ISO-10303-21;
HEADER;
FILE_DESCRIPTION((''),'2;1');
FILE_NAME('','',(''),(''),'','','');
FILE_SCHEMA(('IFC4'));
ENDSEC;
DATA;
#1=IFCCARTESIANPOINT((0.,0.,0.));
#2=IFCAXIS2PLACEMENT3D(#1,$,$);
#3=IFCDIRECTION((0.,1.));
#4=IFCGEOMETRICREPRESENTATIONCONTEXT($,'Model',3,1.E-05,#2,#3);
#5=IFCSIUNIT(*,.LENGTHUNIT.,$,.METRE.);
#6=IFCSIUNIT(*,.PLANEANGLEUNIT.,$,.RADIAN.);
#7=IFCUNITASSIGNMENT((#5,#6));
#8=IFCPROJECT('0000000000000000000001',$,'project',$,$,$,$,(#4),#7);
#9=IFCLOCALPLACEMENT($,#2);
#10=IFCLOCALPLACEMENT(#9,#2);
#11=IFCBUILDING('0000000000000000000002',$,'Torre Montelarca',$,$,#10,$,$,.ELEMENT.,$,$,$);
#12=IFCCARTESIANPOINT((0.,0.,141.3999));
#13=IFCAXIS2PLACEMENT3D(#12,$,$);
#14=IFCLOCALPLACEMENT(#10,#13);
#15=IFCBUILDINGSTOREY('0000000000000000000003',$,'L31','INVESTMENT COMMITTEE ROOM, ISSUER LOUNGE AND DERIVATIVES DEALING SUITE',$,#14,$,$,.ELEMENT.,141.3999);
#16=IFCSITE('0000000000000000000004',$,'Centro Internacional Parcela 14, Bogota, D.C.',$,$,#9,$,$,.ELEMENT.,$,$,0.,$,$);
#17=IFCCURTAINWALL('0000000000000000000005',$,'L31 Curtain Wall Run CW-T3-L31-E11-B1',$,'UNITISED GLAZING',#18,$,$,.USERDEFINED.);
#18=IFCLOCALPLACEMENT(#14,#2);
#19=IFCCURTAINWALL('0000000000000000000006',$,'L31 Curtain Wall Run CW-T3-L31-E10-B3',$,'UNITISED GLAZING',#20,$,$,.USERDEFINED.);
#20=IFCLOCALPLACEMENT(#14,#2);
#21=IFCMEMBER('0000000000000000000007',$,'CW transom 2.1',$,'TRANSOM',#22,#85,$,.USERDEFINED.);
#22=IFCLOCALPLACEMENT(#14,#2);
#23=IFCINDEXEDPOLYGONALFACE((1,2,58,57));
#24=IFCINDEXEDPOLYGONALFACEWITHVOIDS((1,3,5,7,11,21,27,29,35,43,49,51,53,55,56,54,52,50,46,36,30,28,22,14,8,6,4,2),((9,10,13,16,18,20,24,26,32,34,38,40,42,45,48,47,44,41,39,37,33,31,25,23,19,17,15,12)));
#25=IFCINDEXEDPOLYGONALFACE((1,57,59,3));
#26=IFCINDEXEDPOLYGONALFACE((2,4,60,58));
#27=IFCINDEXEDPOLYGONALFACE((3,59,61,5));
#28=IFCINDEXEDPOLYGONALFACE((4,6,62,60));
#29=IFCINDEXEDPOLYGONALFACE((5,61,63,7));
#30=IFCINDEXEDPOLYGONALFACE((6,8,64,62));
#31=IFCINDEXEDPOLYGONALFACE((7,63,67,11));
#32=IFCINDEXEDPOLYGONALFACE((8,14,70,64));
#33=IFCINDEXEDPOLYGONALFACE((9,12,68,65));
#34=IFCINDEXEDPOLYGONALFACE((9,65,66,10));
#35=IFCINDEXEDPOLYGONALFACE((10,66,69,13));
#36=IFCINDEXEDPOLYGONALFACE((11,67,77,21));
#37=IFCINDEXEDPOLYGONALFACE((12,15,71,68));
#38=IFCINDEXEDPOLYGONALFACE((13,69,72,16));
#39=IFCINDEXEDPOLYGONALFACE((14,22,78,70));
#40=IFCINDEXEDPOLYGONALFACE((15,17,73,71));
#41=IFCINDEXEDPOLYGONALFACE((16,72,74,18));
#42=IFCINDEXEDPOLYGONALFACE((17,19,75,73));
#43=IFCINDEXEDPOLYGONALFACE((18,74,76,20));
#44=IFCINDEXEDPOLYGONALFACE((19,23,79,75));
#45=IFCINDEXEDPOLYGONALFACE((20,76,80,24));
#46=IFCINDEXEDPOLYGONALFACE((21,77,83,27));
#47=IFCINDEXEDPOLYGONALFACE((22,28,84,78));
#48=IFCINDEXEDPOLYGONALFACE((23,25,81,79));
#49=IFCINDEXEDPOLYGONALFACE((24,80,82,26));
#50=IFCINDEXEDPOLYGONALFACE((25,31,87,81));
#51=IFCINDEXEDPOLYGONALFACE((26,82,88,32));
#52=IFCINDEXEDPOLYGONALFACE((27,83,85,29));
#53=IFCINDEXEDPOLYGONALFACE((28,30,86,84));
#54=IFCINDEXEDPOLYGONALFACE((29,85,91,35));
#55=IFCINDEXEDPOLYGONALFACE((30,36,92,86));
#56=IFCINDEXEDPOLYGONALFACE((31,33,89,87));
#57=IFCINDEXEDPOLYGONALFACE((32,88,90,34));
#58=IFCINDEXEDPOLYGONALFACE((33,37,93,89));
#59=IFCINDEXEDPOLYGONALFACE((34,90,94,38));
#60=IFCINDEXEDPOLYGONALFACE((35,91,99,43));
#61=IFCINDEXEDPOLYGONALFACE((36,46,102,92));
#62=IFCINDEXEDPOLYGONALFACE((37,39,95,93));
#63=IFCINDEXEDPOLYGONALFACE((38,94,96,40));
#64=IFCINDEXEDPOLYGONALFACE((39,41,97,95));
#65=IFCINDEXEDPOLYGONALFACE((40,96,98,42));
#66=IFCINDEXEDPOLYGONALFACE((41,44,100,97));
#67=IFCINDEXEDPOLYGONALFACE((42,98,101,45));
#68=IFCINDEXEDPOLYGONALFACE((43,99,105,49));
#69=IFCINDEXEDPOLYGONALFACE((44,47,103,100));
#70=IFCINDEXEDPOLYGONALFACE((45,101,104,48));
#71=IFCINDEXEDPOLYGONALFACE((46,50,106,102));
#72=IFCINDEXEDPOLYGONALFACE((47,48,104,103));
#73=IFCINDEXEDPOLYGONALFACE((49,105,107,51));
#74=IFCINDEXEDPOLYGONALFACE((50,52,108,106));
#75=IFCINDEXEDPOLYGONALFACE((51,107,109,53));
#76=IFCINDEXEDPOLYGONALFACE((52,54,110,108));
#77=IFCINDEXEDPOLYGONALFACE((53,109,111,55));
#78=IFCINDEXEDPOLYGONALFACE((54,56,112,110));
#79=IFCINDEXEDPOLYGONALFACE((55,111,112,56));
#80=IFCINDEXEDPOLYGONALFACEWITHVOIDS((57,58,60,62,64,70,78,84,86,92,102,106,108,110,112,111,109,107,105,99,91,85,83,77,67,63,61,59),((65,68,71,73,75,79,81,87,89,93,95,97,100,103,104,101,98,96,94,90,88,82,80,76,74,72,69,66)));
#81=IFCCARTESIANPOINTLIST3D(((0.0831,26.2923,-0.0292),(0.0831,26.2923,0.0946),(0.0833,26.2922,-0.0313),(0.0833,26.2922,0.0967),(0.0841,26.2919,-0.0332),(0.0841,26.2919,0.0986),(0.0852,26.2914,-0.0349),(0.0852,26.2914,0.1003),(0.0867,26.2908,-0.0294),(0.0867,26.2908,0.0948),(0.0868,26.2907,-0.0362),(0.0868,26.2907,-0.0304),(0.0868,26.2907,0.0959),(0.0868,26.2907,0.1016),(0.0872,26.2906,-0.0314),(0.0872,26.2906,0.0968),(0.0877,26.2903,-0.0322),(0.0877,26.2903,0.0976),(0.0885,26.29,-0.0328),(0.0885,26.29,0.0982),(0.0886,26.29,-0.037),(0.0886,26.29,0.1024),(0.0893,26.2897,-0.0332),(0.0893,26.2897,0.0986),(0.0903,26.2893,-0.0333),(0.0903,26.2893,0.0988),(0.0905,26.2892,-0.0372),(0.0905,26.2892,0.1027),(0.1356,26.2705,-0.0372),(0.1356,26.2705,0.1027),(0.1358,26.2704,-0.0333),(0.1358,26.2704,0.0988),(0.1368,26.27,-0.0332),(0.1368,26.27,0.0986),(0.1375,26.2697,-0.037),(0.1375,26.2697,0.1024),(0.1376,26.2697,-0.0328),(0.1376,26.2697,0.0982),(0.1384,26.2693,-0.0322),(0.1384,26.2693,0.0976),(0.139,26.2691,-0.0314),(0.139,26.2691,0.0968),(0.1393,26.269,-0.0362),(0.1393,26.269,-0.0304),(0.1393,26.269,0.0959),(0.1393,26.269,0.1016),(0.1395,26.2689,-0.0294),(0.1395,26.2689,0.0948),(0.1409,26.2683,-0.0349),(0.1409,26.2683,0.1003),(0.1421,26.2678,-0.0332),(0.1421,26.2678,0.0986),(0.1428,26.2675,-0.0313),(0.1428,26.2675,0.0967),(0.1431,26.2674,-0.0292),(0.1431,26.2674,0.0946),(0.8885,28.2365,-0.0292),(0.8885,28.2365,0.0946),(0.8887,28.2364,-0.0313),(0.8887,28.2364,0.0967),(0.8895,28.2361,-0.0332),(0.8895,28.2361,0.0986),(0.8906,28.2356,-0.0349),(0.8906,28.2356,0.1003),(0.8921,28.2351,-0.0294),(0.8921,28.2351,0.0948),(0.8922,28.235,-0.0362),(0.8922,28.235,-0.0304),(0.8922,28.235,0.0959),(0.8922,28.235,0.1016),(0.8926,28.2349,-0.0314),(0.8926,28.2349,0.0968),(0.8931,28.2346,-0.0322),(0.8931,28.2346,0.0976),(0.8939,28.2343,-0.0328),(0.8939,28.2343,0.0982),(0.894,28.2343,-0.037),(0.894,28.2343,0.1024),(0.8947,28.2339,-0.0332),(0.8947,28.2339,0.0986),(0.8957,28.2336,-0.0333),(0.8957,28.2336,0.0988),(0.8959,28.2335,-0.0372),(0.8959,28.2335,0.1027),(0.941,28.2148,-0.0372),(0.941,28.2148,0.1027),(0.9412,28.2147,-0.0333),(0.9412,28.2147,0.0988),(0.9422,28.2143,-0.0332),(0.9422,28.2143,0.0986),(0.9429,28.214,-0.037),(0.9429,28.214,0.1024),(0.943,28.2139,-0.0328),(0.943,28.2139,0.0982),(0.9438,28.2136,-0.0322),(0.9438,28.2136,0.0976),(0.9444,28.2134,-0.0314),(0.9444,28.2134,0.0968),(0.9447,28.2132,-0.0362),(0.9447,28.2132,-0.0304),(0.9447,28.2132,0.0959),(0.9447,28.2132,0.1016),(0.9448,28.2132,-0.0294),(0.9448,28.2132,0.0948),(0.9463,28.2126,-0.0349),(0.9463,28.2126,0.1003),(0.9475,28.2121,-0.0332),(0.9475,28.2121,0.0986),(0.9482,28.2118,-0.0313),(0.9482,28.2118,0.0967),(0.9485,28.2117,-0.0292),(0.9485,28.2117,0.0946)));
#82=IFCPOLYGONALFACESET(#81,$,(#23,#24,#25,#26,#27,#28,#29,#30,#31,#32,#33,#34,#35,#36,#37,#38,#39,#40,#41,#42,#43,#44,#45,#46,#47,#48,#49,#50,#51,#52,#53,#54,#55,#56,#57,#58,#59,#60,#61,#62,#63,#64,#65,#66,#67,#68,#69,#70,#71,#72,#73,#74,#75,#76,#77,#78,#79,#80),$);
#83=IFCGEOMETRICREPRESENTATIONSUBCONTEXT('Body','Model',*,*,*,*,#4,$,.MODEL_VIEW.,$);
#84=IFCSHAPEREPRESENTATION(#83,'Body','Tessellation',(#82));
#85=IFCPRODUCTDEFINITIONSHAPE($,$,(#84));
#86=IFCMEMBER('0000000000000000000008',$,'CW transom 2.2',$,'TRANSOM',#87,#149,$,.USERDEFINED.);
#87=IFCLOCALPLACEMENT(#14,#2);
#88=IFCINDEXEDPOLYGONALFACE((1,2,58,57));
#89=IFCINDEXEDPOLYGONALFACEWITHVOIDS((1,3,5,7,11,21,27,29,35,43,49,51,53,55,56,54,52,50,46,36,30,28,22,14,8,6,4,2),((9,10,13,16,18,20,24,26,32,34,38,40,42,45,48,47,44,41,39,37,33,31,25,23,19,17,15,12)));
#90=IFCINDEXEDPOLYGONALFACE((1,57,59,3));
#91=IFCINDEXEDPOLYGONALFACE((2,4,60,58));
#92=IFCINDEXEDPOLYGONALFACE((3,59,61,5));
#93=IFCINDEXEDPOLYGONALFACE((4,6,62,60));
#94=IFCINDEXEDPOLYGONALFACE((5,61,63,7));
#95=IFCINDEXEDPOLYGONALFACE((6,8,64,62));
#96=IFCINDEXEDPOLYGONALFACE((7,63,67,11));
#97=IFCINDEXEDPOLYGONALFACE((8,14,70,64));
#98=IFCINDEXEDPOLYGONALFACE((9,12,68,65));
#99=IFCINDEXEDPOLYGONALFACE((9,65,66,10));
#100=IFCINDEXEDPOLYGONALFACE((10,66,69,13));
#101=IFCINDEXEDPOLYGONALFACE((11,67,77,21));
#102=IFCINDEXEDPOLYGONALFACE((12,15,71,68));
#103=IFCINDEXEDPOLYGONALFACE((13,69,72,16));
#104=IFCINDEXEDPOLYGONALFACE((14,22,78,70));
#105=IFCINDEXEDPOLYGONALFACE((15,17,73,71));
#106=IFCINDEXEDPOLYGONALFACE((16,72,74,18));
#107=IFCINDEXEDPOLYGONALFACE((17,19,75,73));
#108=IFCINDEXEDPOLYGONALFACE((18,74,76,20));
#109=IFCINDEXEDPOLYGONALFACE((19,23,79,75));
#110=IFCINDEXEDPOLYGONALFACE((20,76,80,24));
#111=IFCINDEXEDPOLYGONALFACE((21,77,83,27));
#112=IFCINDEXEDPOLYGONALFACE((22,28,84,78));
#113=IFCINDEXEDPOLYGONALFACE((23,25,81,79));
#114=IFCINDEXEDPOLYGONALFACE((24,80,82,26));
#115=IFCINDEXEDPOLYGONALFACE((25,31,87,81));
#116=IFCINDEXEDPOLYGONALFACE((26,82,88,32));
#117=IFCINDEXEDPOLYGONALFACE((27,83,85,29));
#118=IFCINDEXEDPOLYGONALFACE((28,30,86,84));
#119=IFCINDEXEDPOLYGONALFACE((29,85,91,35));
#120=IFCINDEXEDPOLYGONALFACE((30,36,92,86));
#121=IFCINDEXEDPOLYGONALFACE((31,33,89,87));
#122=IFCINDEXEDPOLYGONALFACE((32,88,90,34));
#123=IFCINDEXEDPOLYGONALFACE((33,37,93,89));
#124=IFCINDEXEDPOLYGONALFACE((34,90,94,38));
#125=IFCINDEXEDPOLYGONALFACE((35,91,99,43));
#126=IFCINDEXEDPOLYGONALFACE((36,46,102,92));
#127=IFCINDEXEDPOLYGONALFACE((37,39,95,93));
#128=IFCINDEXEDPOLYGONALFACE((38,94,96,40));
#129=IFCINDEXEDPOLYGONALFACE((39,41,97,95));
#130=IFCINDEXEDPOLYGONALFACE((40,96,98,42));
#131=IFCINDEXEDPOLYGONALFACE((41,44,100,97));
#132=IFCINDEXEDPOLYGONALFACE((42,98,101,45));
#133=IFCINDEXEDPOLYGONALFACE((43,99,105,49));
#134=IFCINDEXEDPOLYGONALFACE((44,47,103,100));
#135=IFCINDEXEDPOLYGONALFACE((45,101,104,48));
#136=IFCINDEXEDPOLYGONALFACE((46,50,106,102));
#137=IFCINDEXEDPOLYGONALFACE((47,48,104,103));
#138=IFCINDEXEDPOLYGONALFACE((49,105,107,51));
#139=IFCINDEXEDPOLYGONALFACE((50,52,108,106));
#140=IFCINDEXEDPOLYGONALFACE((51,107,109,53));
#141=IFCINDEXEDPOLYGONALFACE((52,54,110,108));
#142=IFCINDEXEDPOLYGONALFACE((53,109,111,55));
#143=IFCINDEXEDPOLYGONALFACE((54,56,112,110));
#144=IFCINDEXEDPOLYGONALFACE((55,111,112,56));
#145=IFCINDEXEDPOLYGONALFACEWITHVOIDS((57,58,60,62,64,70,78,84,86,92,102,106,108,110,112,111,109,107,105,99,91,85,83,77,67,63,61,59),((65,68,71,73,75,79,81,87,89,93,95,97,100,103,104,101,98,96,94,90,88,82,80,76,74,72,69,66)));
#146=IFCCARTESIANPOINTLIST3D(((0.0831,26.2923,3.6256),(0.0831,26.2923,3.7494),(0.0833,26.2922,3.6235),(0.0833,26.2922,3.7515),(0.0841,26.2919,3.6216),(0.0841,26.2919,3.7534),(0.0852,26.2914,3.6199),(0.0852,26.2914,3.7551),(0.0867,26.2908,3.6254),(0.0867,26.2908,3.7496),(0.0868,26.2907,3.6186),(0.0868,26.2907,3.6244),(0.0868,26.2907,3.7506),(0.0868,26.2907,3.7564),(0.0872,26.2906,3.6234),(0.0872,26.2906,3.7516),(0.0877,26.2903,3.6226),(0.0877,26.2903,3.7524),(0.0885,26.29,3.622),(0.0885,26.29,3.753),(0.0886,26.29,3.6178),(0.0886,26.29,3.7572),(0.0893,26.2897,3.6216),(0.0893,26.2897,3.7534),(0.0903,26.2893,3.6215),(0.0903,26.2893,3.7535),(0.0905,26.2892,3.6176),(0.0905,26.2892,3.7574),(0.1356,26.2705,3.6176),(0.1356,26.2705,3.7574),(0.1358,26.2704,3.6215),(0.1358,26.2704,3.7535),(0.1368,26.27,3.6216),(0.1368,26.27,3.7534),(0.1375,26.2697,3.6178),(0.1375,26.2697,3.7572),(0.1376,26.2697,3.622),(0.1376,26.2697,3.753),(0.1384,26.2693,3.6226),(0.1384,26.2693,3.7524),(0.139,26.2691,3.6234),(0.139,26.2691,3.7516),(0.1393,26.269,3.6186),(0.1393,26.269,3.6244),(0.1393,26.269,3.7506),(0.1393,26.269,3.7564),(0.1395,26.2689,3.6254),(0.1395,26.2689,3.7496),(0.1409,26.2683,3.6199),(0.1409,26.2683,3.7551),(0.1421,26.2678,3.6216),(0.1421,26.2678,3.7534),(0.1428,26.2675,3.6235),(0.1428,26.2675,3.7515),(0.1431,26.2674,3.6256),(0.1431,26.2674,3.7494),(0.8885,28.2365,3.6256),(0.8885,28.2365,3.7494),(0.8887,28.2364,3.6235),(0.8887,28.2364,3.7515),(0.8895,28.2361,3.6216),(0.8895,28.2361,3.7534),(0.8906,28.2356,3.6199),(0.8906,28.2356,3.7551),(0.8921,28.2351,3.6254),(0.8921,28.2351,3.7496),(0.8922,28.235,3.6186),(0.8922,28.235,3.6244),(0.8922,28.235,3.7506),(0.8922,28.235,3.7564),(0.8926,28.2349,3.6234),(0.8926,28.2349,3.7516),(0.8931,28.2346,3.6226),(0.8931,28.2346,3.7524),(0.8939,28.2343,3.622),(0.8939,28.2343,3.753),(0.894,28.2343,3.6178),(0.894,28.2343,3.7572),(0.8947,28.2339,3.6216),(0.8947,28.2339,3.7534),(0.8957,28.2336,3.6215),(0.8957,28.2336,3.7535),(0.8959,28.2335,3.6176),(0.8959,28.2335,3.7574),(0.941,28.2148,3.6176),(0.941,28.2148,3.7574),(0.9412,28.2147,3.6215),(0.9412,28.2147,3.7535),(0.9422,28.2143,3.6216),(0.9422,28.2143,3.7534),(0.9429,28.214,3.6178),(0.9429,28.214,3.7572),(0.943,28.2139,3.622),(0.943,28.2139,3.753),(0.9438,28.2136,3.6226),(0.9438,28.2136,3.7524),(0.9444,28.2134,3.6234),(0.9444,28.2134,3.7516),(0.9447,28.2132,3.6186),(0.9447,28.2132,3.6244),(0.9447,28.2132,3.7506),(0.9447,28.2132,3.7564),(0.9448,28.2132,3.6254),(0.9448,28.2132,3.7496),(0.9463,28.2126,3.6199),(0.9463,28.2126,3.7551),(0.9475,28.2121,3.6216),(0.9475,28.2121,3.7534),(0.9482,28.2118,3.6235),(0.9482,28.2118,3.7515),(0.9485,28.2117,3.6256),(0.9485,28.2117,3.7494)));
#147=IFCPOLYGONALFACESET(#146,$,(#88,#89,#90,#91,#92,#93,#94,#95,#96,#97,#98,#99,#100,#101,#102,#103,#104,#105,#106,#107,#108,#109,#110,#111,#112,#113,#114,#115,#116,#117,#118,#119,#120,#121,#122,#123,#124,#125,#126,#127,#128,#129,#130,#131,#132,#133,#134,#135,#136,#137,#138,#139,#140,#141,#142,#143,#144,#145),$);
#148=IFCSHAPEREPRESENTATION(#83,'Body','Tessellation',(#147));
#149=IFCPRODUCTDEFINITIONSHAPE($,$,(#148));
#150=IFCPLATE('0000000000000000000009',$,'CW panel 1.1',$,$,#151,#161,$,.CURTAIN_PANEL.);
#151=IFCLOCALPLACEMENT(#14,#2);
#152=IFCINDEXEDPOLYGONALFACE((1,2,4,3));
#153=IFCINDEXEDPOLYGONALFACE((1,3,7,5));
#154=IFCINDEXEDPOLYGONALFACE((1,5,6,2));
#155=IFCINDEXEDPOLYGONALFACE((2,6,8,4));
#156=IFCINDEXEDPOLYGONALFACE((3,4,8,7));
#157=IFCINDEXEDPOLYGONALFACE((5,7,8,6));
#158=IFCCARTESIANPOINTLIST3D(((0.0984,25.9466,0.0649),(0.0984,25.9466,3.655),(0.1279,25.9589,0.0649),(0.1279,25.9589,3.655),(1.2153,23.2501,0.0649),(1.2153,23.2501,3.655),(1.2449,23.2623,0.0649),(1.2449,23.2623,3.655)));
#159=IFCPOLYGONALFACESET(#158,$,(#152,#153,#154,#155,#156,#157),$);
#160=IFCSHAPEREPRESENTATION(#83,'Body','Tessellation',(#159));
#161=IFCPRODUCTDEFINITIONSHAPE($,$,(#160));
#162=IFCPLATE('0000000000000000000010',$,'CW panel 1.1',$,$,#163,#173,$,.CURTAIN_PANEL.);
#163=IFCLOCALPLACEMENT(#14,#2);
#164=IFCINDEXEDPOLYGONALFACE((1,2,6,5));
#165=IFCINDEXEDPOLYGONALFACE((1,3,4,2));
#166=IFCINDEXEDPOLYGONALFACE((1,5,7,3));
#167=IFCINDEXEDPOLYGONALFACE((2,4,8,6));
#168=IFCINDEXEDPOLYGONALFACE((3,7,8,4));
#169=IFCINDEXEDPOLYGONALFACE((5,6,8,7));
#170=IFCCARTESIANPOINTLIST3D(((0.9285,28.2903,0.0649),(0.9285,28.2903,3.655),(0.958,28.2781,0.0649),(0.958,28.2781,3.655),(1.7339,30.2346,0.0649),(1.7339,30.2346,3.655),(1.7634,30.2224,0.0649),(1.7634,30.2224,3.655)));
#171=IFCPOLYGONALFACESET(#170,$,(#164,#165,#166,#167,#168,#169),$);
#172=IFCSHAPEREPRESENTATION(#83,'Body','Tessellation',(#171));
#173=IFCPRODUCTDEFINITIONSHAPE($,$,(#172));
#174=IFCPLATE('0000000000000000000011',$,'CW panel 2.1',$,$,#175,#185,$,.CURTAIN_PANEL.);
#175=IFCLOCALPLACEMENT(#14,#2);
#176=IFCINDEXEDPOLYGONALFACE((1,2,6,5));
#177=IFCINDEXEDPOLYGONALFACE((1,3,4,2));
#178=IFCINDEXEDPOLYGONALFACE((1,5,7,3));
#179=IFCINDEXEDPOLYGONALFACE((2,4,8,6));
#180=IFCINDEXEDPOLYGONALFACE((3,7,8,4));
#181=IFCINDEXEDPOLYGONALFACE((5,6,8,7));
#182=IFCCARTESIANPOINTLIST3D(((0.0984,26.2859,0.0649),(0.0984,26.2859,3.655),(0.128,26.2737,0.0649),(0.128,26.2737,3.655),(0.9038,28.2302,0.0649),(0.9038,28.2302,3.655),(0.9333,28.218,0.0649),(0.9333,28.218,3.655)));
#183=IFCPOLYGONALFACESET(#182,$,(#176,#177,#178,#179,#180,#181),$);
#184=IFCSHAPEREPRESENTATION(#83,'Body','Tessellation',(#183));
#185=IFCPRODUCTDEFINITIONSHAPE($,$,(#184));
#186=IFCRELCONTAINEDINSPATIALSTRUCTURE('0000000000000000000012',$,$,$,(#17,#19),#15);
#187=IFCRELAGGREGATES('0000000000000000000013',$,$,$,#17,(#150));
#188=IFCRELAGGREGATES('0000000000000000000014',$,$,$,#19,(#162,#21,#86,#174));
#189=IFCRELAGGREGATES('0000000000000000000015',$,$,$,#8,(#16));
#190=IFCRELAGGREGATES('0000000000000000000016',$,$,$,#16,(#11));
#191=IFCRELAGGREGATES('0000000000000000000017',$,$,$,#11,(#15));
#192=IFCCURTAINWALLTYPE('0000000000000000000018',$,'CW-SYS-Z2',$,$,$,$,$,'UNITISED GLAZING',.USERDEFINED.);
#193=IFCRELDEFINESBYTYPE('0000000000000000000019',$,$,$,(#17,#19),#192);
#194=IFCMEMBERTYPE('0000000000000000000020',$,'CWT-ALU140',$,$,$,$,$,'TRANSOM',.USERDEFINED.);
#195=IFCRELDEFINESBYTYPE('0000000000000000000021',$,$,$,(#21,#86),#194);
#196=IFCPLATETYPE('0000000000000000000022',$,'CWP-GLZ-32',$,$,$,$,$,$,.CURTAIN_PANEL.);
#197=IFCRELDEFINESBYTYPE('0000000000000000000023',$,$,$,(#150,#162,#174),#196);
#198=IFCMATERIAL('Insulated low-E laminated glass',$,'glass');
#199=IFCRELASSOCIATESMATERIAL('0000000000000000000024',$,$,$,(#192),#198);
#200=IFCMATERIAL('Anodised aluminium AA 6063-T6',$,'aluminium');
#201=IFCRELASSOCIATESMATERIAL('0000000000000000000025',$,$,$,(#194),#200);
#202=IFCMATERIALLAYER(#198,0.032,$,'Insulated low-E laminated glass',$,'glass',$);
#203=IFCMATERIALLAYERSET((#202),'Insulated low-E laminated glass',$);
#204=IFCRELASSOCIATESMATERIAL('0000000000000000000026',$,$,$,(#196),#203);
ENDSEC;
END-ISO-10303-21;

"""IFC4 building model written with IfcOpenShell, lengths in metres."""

from ifc_helpers import new_model, si_unit, direction, frame, origin, origin_2d, place, context, subcontext, project, spatial, rectangle, hollow_rectangle, extrude, source, transform, mapped, material, layer, layer_set, material_profile, profile_set, type_object, element, aggregate, save


model = new_model("IFC4")

# Units and contexts
model_context = context("Model", 3, precision=1e-05, world=origin(), true_north=direction((0.0, 1.0)))
body_context = subcontext(model_context, "Body", "Model", "MODEL_VIEW")
ifc_project = project(units=[si_unit("LENGTHUNIT", "METRE"), si_unit("PLANEANGLEUNIT", "RADIAN")], contexts=[model_context])

# Site, building, storey
site_placement = place(None, origin())
site = spatial("IfcSite", under=ifc_project, at=site_placement, Name="Centro Internacional Parcela 14, Bogota, D.C.", CompositionType="ELEMENT", RefElevation=0.0)
building_placement = place(site_placement, origin())
building = spatial("IfcBuilding", under=site, at=building_placement, Name="Torre Montelarca", CompositionType="ELEMENT")
storey_placement = place(building_placement, frame((0.0, 0.0, 141.3999)))
storey = spatial("IfcBuildingStorey", under=building, at=storey_placement, Name="L31", Description="INVESTMENT COMMITTEE ROOM, ISSUER LOUNGE AND DERIVATIVES DEALING SUITE", CompositionType="ELEMENT", Elevation=141.3999)

# Curtain walls
ifc_material_1 = material(Name="Insulated low-E laminated glass", Category="glass")
curtain_wall_type = type_object("IfcCurtainWallType", Name="CW-SYS-Z2", ElementType="UNITISED GLAZING", PredefinedType="USERDEFINED", material=ifc_material_1)
curtain_wall_1_placement = place(storey_placement, origin())
curtain_wall_1 = element("IfcCurtainWall", 1, at=curtain_wall_1_placement, inside=storey, type_object=curtain_wall_type, Name="L31 Curtain Wall Run CW-T3-L31-E11-B1", ObjectType="UNITISED GLAZING", PredefinedType="USERDEFINED")
ifc_material_2 = material(Name="Anodised aluminium AA 6063-T6", Category="aluminium")
ifc_material_profile_1 = material_profile(ifc_material_2, hollow_rectangle(XDim=0.0649, YDim=0.1399, WallThickness=0.0039, InnerFilletRadius=0.0039, OuterFilletRadius=0.0081, at=origin_2d()), Name="ALU65X140X4", Category="aluminium")
ifc_profile_set_1 = profile_set([ifc_material_profile_1], Name="Anodised aluminium AA 6063-T6")
member_type_1 = type_object("IfcMemberType", Name="CWT-ALU140", ElementType="TRANSOM", PredefinedType="USERDEFINED", material=ifc_profile_set_1)
curtain_wall_2_placement = place(storey_placement, origin())
curtain_wall_2 = element("IfcCurtainWall", 2, at=curtain_wall_2_placement, inside=storey, type_object=curtain_wall_type, Name="L31 Curtain Wall Run CW-T3-L31-E10-B3", ObjectType="UNITISED GLAZING", PredefinedType="USERDEFINED")

# Members
shared_shape_1 = source(origin(), body_context, "Body", "SweptSolid", [
    extrude(hollow_rectangle(XDim=0.0649, YDim=0.1399, WallThickness=0.0039, InnerFilletRadius=0.0039, OuterFilletRadius=0.0081, at=origin_2d()), origin(), (0.0, 0.0, 1.0), 2.1045),
])
member_1_placement = place(storey_placement, frame((0.9185, 28.2241, 0.0327), z_axis=(-0.382704, -0.923871, 0.0), x_axis=(0.923871, -0.382704, 0.0)))
member_1 = element("IfcMember", 3, at=member_1_placement, type_object=member_type_1, Name="CW transom 2.1", ObjectType="TRANSOM", PredefinedType="USERDEFINED", context=body_context, shape_type="MappedRepresentation", body=[
    mapped(shared_shape_1, transform((0.0, 0.0, 0.0), scale=1.0)),
])
member_2_placement = place(storey_placement, frame((0.9185, 28.2241, 3.6875), z_axis=(-0.382704, -0.923871, 0.0), x_axis=(0.923871, -0.382704, 0.0)))
member_2 = element("IfcMember", 4, at=member_2_placement, type_object=member_type_1, Name="CW transom 2.2", ObjectType="TRANSOM", PredefinedType="USERDEFINED", context=body_context, shape_type="MappedRepresentation", body=[
    mapped(shared_shape_1, transform((0.0, 0.0, 0.0), scale=1.0)),
])

# Plates
ifc_layer_1 = layer(ifc_material_1, 0.032, Name="Insulated low-E laminated glass", Category="glass")
ifc_layer_set_1 = layer_set([ifc_layer_1], Name="Insulated low-E laminated glass")
plate_type = type_object("IfcPlateType", Name="CWP-GLZ-32", PredefinedType="CURTAIN_PANEL", material=ifc_layer_set_1)
shared_shape_2 = source(origin(), body_context, "Body", "SweptSolid", [
    extrude(rectangle(XDim=2.9187, YDim=0.032, at=origin_2d()), origin(), (0.0, 0.0, 1.0), 3.5901),
])
plate_1_placement = place(storey_placement, frame((0.6716, 24.6045, 0.0649), z_axis=(0.0, 0.0, 1.0), x_axis=(0.382682, -0.92388, 0.0)))
plate_1 = element("IfcPlate", 5, at=plate_1_placement, type_object=plate_type, Name="CW panel 1.1", PredefinedType="CURTAIN_PANEL", context=body_context, shape_type="MappedRepresentation", body=[
    mapped(shared_shape_2, transform((0.0, 0.0, 0.0), scale=1.0)),
])
aggregate(curtain_wall_1, [plate_1])
shared_shape_3 = source(origin(), body_context, "Body", "SweptSolid", [
    extrude(rectangle(XDim=2.1045, YDim=0.032, at=origin_2d()), origin(), (0.0, 0.0, 1.0), 3.5901),
])
plate_2_placement = place(storey_placement, frame((1.3459, 29.2563, 0.0649), z_axis=(0.0, 0.0, 1.0), x_axis=(-0.382685, -0.923879, 0.0)))
plate_2 = element("IfcPlate", 6, at=plate_2_placement, type_object=plate_type, Name="CW panel 1.1", PredefinedType="CURTAIN_PANEL", context=body_context, shape_type="MappedRepresentation", body=[
    mapped(shared_shape_3, transform((0.0, 0.0, 0.0), scale=1.0)),
])
plate_3_placement = place(storey_placement, frame((0.5159, 27.252, 0.0649), z_axis=(0.0, 0.0, 1.0), x_axis=(-0.382685, -0.923879, 0.0)))
plate_3 = element("IfcPlate", 7, at=plate_3_placement, type_object=plate_type, Name="CW panel 2.1", PredefinedType="CURTAIN_PANEL", context=body_context, shape_type="MappedRepresentation", body=[
    mapped(shared_shape_3, transform((0.0, 0.0, 0.0), scale=1.0)),
])
aggregate(curtain_wall_2, [plate_2, member_1, member_2, plate_3])

save(model, "model.ifc")
